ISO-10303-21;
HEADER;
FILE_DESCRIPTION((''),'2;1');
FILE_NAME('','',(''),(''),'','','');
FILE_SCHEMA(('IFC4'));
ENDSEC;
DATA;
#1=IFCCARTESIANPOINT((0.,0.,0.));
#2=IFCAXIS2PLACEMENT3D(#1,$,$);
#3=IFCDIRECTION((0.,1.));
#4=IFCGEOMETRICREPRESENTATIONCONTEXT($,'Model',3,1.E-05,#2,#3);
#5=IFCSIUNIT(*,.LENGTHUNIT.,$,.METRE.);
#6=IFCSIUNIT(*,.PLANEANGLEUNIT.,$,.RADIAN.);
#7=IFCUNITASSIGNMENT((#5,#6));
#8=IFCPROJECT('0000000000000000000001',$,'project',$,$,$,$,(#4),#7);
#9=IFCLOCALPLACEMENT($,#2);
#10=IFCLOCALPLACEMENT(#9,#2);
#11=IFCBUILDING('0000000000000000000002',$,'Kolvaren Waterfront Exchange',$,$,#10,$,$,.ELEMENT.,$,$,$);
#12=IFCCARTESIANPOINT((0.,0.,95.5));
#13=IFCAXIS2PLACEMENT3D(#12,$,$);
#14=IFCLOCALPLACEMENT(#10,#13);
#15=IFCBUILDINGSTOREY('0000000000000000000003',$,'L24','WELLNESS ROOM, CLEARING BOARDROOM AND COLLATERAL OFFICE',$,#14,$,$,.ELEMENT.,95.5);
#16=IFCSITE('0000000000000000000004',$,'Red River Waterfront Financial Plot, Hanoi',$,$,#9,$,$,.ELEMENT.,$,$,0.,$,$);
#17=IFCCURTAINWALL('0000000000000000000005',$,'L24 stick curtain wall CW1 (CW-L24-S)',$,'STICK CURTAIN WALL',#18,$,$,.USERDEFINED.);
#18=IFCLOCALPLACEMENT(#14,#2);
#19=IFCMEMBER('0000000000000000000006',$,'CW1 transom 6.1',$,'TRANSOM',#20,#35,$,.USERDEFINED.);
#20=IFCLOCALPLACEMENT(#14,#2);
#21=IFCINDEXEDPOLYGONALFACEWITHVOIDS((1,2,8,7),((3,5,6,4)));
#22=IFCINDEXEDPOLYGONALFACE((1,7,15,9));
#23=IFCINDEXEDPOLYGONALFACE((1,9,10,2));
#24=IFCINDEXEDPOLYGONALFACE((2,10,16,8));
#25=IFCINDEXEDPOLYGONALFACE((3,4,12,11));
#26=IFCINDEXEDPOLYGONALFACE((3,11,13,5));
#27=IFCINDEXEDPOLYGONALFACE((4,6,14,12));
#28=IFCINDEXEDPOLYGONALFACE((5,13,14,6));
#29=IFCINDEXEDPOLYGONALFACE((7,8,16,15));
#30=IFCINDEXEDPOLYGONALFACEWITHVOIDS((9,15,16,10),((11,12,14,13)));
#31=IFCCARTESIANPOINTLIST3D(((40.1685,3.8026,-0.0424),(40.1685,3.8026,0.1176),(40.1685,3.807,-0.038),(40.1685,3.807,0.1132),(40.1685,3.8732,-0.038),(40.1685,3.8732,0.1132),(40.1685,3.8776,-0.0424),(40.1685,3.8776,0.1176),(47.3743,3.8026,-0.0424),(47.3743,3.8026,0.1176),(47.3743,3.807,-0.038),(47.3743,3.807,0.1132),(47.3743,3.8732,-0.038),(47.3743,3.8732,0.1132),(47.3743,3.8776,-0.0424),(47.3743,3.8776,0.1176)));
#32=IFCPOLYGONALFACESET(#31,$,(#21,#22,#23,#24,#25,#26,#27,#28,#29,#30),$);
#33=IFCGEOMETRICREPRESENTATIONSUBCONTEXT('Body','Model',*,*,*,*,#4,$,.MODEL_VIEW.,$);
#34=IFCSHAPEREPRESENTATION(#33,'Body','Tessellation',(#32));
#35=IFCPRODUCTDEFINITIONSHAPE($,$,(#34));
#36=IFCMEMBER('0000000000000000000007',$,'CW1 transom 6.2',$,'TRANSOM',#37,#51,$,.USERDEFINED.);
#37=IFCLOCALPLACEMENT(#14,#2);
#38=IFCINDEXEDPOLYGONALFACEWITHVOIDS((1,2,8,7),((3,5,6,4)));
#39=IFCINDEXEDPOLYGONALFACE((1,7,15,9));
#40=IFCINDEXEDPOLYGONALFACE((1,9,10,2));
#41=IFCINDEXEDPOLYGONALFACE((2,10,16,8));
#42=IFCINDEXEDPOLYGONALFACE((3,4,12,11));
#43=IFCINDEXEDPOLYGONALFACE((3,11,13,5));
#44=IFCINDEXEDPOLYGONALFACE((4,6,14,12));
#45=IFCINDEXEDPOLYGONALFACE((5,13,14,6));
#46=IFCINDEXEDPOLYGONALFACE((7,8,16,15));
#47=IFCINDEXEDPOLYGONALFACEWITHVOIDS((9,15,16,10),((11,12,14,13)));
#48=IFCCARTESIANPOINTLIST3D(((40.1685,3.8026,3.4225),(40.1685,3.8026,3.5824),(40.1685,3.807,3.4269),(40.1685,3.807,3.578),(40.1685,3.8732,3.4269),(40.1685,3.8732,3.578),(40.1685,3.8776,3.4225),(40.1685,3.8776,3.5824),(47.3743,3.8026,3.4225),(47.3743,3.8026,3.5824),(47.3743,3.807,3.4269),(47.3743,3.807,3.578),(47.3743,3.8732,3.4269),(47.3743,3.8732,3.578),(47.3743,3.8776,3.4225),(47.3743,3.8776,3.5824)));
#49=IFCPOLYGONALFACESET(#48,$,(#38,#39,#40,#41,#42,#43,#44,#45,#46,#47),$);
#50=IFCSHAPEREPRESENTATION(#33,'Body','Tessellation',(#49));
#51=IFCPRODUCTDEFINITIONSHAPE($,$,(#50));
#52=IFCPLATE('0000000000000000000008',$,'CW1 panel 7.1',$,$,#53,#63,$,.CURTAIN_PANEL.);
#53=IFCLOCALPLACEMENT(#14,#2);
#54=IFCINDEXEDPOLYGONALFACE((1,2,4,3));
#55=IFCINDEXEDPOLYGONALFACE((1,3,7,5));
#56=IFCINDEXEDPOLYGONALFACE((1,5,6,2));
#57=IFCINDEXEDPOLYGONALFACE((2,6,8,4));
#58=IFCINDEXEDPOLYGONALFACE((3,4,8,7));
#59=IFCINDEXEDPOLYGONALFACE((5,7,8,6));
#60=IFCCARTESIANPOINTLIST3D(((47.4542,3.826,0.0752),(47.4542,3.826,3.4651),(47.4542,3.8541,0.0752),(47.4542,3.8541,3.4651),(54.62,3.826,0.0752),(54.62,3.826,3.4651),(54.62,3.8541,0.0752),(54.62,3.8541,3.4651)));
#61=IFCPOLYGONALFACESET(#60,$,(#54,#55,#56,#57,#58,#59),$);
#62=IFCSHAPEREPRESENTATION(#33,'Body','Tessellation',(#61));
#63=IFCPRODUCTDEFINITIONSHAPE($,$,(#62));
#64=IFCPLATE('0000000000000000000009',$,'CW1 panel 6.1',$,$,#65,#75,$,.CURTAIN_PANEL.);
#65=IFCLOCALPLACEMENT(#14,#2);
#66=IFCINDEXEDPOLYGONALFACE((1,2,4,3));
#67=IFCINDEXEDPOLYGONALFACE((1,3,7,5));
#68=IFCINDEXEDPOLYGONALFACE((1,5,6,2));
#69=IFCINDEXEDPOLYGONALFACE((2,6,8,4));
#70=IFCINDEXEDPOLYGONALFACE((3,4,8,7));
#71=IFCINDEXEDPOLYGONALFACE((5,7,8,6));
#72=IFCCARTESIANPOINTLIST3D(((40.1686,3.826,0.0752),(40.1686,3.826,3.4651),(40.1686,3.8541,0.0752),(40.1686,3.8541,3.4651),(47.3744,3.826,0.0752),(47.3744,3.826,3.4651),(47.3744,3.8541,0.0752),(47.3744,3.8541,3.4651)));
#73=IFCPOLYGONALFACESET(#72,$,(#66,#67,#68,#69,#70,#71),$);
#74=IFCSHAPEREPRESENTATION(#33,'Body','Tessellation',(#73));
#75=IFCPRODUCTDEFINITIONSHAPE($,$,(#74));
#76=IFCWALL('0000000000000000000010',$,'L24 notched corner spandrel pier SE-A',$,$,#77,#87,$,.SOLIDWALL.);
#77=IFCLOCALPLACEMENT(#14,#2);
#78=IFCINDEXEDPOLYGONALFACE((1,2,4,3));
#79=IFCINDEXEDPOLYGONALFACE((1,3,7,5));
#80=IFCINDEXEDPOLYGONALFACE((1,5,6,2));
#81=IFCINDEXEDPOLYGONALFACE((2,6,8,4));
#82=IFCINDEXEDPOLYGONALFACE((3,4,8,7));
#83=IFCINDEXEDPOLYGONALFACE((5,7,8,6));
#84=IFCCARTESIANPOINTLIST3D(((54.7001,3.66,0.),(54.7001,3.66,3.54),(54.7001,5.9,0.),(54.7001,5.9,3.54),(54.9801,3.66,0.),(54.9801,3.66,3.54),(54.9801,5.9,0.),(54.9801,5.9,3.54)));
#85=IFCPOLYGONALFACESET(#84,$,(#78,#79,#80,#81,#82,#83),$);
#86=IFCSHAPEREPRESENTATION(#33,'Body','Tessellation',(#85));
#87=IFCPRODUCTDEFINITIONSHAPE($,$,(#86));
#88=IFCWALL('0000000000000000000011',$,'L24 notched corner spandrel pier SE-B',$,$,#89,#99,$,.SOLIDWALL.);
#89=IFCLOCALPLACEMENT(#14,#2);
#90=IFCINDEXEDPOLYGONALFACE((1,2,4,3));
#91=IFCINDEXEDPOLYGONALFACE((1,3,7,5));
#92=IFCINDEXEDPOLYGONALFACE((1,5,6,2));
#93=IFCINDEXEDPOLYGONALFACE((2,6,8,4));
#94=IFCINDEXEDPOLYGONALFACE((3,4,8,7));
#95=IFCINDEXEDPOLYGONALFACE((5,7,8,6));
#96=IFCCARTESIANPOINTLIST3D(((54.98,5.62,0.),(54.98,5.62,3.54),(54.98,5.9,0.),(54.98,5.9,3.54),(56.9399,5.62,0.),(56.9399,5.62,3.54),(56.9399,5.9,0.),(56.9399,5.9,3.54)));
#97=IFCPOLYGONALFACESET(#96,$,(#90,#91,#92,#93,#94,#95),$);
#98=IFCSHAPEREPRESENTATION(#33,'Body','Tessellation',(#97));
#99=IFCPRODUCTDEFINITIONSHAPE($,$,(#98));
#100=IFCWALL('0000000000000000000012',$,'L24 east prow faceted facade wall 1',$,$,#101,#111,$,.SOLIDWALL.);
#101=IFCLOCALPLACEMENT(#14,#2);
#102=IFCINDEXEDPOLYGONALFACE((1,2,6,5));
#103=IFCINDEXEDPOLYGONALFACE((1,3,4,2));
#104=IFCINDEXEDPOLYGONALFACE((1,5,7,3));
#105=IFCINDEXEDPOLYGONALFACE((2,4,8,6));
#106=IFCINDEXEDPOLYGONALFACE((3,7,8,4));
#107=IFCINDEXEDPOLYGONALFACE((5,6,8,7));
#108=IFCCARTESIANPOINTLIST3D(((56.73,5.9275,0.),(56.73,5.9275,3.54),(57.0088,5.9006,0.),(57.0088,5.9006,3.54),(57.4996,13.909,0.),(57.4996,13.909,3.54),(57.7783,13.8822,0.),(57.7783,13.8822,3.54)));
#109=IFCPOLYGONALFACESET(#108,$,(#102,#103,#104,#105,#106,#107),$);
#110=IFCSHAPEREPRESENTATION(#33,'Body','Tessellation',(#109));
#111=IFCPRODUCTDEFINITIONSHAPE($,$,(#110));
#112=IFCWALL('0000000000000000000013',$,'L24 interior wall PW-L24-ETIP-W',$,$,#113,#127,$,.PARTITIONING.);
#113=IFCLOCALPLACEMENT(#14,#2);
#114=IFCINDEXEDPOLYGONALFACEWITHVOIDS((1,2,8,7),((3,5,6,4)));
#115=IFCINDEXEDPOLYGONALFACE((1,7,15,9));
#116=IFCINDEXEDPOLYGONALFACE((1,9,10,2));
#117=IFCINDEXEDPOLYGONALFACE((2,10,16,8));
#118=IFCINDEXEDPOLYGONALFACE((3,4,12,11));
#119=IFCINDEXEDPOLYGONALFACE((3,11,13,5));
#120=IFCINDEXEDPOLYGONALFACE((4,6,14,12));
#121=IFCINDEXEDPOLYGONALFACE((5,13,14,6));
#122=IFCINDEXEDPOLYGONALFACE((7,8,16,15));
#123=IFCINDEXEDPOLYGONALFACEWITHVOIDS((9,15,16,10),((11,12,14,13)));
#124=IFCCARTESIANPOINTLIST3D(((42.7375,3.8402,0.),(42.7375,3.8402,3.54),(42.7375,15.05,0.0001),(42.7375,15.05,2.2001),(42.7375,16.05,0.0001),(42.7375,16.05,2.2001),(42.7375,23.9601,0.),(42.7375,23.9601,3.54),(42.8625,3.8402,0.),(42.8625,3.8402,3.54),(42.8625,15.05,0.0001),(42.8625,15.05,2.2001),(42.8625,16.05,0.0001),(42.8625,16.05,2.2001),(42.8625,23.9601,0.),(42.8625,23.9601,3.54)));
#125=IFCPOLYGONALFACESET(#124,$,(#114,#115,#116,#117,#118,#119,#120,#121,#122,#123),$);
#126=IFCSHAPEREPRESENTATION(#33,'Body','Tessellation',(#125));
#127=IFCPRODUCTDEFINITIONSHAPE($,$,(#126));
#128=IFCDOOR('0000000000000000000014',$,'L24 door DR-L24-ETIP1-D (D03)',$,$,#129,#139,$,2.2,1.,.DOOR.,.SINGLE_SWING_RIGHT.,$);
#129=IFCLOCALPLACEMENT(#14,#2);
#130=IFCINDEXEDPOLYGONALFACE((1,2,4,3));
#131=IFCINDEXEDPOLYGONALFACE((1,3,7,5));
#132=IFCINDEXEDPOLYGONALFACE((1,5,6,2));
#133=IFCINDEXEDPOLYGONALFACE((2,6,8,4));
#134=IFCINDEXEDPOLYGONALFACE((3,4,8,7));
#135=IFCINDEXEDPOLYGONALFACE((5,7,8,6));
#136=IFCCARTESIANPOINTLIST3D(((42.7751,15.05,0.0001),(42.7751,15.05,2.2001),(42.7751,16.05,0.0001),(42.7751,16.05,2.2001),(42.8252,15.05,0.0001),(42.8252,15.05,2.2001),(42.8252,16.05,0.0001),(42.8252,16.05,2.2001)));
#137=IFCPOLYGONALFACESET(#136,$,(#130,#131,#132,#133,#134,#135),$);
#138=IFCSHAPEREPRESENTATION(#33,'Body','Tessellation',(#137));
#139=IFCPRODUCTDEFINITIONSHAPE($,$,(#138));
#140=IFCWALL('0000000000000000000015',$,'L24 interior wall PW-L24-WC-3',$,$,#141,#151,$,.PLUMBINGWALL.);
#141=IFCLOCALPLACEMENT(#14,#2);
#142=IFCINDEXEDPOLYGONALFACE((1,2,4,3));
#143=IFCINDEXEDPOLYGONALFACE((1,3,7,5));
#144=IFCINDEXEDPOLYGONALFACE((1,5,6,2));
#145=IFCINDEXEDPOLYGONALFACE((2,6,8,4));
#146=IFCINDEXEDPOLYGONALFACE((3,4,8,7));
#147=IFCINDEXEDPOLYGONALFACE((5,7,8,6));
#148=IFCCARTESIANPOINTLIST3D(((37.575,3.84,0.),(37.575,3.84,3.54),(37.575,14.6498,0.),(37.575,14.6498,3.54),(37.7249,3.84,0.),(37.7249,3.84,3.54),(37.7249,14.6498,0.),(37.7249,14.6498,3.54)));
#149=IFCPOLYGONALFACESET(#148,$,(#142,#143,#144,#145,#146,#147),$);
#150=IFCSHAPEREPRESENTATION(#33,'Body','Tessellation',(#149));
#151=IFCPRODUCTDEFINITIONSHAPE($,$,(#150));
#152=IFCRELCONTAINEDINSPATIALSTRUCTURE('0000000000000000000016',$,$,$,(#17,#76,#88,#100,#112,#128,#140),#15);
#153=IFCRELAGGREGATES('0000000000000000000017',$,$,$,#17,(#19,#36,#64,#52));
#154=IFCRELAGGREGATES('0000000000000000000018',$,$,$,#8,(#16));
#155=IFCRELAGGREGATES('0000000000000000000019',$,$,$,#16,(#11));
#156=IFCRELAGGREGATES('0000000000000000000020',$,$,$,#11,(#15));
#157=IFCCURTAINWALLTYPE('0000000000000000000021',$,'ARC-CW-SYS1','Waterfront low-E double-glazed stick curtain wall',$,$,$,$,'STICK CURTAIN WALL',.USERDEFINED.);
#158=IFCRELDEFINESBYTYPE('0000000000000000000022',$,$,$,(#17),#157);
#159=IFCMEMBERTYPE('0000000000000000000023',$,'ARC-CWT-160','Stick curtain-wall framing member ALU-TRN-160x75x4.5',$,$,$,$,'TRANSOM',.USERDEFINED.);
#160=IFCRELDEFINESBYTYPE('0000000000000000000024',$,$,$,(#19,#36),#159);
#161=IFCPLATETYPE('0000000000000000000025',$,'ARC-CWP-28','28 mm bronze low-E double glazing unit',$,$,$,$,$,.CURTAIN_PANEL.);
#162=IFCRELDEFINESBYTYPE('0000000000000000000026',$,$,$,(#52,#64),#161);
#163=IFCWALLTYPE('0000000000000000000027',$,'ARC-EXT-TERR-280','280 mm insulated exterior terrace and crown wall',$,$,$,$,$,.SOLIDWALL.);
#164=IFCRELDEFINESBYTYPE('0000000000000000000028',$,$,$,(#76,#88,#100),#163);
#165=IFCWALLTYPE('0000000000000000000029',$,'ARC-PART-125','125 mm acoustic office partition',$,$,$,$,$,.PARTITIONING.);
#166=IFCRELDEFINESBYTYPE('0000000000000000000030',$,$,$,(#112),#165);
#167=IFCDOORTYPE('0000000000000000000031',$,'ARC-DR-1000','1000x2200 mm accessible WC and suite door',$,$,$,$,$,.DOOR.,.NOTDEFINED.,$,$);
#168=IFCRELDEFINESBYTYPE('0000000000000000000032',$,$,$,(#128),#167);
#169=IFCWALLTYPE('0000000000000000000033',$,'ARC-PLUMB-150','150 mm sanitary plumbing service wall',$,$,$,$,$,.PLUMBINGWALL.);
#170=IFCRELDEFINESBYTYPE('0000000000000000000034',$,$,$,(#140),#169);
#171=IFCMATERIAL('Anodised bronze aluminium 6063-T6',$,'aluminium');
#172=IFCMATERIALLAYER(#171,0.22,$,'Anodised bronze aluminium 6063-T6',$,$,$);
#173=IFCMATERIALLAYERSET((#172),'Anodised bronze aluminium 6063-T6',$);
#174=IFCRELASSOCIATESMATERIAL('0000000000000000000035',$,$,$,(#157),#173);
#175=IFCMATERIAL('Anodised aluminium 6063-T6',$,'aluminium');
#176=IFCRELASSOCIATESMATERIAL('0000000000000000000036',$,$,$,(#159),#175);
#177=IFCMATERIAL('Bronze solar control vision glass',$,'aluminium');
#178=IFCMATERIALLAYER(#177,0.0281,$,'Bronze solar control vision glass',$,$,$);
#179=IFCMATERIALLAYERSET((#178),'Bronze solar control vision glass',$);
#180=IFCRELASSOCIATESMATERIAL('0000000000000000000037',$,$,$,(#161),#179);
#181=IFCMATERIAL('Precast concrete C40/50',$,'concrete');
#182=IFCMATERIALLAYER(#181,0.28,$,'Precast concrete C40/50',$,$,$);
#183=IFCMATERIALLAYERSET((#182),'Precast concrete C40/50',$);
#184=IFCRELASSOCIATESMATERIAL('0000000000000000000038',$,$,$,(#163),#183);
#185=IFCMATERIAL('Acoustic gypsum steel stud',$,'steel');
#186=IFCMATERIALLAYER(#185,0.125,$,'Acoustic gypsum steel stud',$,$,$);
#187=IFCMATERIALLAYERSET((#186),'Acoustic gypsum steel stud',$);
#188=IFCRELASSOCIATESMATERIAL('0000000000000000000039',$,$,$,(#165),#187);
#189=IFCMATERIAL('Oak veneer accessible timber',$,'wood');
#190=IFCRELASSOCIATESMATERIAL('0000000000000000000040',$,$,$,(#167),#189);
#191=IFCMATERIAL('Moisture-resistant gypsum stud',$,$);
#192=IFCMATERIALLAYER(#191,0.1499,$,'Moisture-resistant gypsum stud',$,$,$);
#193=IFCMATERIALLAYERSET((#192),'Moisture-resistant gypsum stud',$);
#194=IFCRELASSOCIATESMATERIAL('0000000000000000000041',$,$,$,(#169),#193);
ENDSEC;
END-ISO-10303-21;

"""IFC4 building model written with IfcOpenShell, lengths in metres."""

from ifc_helpers import new_model, si_unit, direction, frame, frame_2d, origin, origin_with_axes, origin_2d, place, context, subcontext, project, spatial, rectangle, hollow_rectangle, extrude, source, transform, mapped, material, layer, layer_set, material_profile, profile_set, type_object, element, fill, aggregate, save


model = new_model("IFC4")

# Units and contexts
model_context = context("Model", 3, precision=1e-05, world=origin(), true_north=direction((0.0, 1.0)))
body_context = subcontext(model_context, "Body", "Model", "MODEL_VIEW")
ifc_project = project(units=[si_unit("LENGTHUNIT", "METRE"), si_unit("PLANEANGLEUNIT", "RADIAN")], contexts=[model_context])

# Site, building, storey
site_placement = place(None, origin())
site = spatial("IfcSite", under=ifc_project, at=site_placement, Name="Red River Waterfront Financial Plot, Hanoi", CompositionType="ELEMENT", RefElevation=0.0)
building_placement = place(site_placement, origin())
building = spatial("IfcBuilding", under=site, at=building_placement, Name="Kolvaren Waterfront Exchange", CompositionType="ELEMENT")
storey_placement = place(building_placement, frame((0.0, 0.0, 95.5)))
storey = spatial("IfcBuildingStorey", under=building, at=storey_placement, Name="L24", Description="WELLNESS ROOM, CLEARING BOARDROOM AND COLLATERAL OFFICE", CompositionType="ELEMENT", Elevation=95.5)

# Curtain wall, members, plates
ifc_material_1 = material(Name="Anodised bronze aluminium 6063-T6", Category="aluminium")
ifc_layer_1 = layer(ifc_material_1, 0.22, Name="Anodised bronze aluminium 6063-T6")
ifc_layer_set_1 = layer_set([ifc_layer_1], Name="Anodised bronze aluminium 6063-T6")
curtain_wall_type = type_object("IfcCurtainWallType", Name="ARC-CW-SYS1", Description="Waterfront low-E double-glazed stick curtain wall", ElementType="STICK CURTAIN WALL", PredefinedType="USERDEFINED", material=ifc_layer_set_1)
curtain_wall_placement = place(storey_placement, origin())
curtain_wall = element("IfcCurtainWall", 1, at=curtain_wall_placement, inside=storey, type_object=curtain_wall_type, Name="L24 stick curtain wall CW1 (CW-L24-S)", ObjectType="STICK CURTAIN WALL", PredefinedType="USERDEFINED")
ifc_material_2 = material(Name="Anodised aluminium 6063-T6", Category="aluminium")
ifc_material_profile_1 = material_profile(ifc_material_2, hollow_rectangle(XDim=0.075, YDim=0.1599, WallThickness=0.0044, at=origin_2d()), Name="ALU-TRN-160x75x4.5")
ifc_profile_set_1 = profile_set([ifc_material_profile_1], Name="Anodised aluminium 6063-T6")
member_type_1 = type_object("IfcMemberType", Name="ARC-CWT-160", Description="Stick curtain-wall framing member ALU-TRN-160x75x4.5", ElementType="TRANSOM", PredefinedType="USERDEFINED", material=ifc_profile_set_1)
shared_shape_1 = source(origin_with_axes(), body_context, "Body", "SweptSolid", [
    extrude(hollow_rectangle(XDim=0.075, YDim=0.1599, WallThickness=0.0044, at=origin_2d()), origin(), (0.0, 0.0, 1.0), 7.2058),
])
member_1_placement = place(storey_placement, frame((40.1685, 3.8401, 0.0376), z_axis=(1.0, 0.0, 0.0), x_axis=(0.0, 1.0, 0.0)))
member_1 = element("IfcMember", 2, at=member_1_placement, type_object=member_type_1, Name="CW1 transom 6.1", ObjectType="TRANSOM", PredefinedType="USERDEFINED", context=body_context, shape_type="MappedRepresentation", body=[
    mapped(shared_shape_1, transform((0.0, 0.0, 0.0), x_axis=(1.0, 0.0, 0.0), y_axis=(0.0, 1.0, 0.0), z_axis=(0.0, 0.0, 1.0), scale=1.0)),
])
member_2_placement = place(storey_placement, frame((40.1685, 3.8401, 3.5024), z_axis=(1.0, 0.0, 0.0), x_axis=(0.0, 1.0, 0.0)))
member_2 = element("IfcMember", 3, at=member_2_placement, type_object=member_type_1, Name="CW1 transom 6.2", ObjectType="TRANSOM", PredefinedType="USERDEFINED", context=body_context, shape_type="MappedRepresentation", body=[
    mapped(shared_shape_1, transform((0.0, 0.0, 0.0), x_axis=(1.0, 0.0, 0.0), y_axis=(0.0, 1.0, 0.0), z_axis=(0.0, 0.0, 1.0), scale=1.0)),
])
ifc_material_3 = material(Name="Bronze solar control vision glass", Category="aluminium")
ifc_layer_2 = layer(ifc_material_3, 0.0281, Name="Bronze solar control vision glass")
ifc_layer_set_2 = layer_set([ifc_layer_2], Name="Bronze solar control vision glass")
plate_type = type_object("IfcPlateType", Name="ARC-CWP-28", Description="28 mm bronze low-E double glazing unit", PredefinedType="CURTAIN_PANEL", material=ifc_layer_set_2)
shared_shape_2 = source(origin_with_axes(), body_context, "Body", "SweptSolid", [
    extrude(rectangle(XDim=7.1658, YDim=0.0281, at=origin_2d()), origin(), (0.0, 0.0, 1.0), 3.3899),
])
plate_1_placement = place(storey_placement, frame((51.0371, 3.8401, 0.0752), z_axis=(0.0, 0.0, 1.0), x_axis=(1.0, 0.0, 0.0)))
plate_1 = element("IfcPlate", 4, at=plate_1_placement, type_object=plate_type, Name="CW1 panel 7.1", PredefinedType="CURTAIN_PANEL", context=body_context, shape_type="MappedRepresentation", body=[
    mapped(shared_shape_2, transform((0.0, 0.0, 0.0), x_axis=(1.0, 0.0, 0.0), y_axis=(0.0, 1.0, 0.0), z_axis=(0.0, 0.0, 1.0), scale=1.0)),
])
shared_shape_3 = source(origin_with_axes(), body_context, "Body", "SweptSolid", [
    extrude(rectangle(XDim=7.2058, YDim=0.0281, at=origin_2d()), origin(), (0.0, 0.0, 1.0), 3.3899),
])
plate_2_placement = place(storey_placement, frame((43.7715, 3.8401, 0.0752), z_axis=(0.0, 0.0, 1.0), x_axis=(1.0, 0.0, 0.0)))
plate_2 = element("IfcPlate", 5, at=plate_2_placement, type_object=plate_type, Name="CW1 panel 6.1", PredefinedType="CURTAIN_PANEL", context=body_context, shape_type="MappedRepresentation", body=[
    mapped(shared_shape_3, transform((0.0, 0.0, 0.0), x_axis=(1.0, 0.0, 0.0), y_axis=(0.0, 1.0, 0.0), z_axis=(0.0, 0.0, 1.0), scale=1.0)),
])
aggregate(curtain_wall, [member_1, member_2, plate_2, plate_1])

# Walls
ifc_material_4 = material(Name="Precast concrete C40/50", Category="concrete")
ifc_layer_3 = layer(ifc_material_4, 0.28, Name="Precast concrete C40/50")
ifc_layer_set_3 = layer_set([ifc_layer_3], Name="Precast concrete C40/50")
wall_type_1 = type_object("IfcWallType", Name="ARC-EXT-TERR-280", Description="280 mm insulated exterior terrace and crown wall", PredefinedType="SOLIDWALL", material=ifc_layer_set_3)
wall_1_placement = place(storey_placement, frame((54.8401, 3.6599, 0.0), z_axis=(0.0, 0.0, 1.0), x_axis=(0.0, 1.0, 0.0)))
element("IfcWall", 6, at=wall_1_placement, inside=storey, type_object=wall_type_1, Name="L24 notched corner spandrel pier SE-A", PredefinedType="SOLIDWALL", context=body_context, shape_type="SweptSolid", body=[
    extrude(rectangle(XDim=2.24, YDim=0.28, at=frame_2d((1.1201, 0.0))), origin(), (0.0, 0.0, 1.0), 3.54),
])
wall_2_placement = place(storey_placement, frame((54.98, 5.76, 0.0), z_axis=(0.0, 0.0, 1.0), x_axis=(1.0, 0.0, 0.0)))
element("IfcWall", 7, at=wall_2_placement, inside=storey, type_object=wall_type_1, Name="L24 notched corner spandrel pier SE-B", PredefinedType="SOLIDWALL", context=body_context, shape_type="SweptSolid", body=[
    extrude(rectangle(XDim=1.96, YDim=0.28, at=frame_2d((0.98, 0.0))), origin(), (0.0, 0.0, 1.0), 3.54),
])
wall_3_placement = place(storey_placement, frame((56.8694, 5.9141, 0.0), z_axis=(0.0, 0.0, 1.0), x_axis=(0.09597, 0.995384, 0.0)))
element("IfcWall", 8, at=wall_3_placement, inside=storey, type_object=wall_type_1, Name="L24 east prow faceted facade wall 1", PredefinedType="SOLIDWALL", context=body_context, shape_type="SweptSolid", body=[
    extrude(rectangle(XDim=8.0186, YDim=0.28, at=frame_2d((4.0093, 0.0))), origin(), (0.0, 0.0, 1.0), 3.54),
])

# Wall, opening, door
ifc_material_5 = material(Name="Acoustic gypsum steel stud", Category="steel")
ifc_layer_4 = layer(ifc_material_5, 0.125, Name="Acoustic gypsum steel stud")
ifc_layer_set_4 = layer_set([ifc_layer_4], Name="Acoustic gypsum steel stud")
wall_type_2 = type_object("IfcWallType", Name="ARC-PART-125", Description="125 mm acoustic office partition", PredefinedType="PARTITIONING", material=ifc_layer_set_4)
wall_4_placement = place(storey_placement, frame((42.8, 3.8401, 0.0), z_axis=(0.0, 0.0, 1.0), x_axis=(0.0, 1.0, 0.0)))
wall_4 = element("IfcWall", 9, at=wall_4_placement, inside=storey, type_object=wall_type_2, Name="L24 interior wall PW-L24-ETIP-W", PredefinedType="PARTITIONING", context=body_context, shape_type="SweptSolid", body=[
    extrude(rectangle(XDim=20.1199, YDim=0.125, at=frame_2d((10.0601, 0.0))), origin(), (0.0, 0.0, 1.0), 3.54),
])
opening_placement = place(wall_4_placement, frame((11.21, 0.0, 0.0)))
opening = element("IfcOpeningElement", 10, at=opening_placement, cuts=wall_4, PredefinedType="OPENING", context=body_context, shape_type="SweptSolid", body=[
    extrude(rectangle(XDim=1.0, YDim=2.2, at=frame_2d((0.5, 1.1001))), frame((0.0, 0.0725, 0.0), z_axis=(0.0, -1.0, 0.0), x_axis=(1.0, 0.0, 0.0)), (0.0, 0.0, 1.0), 0.145),
])
ifc_material_6 = material(Name="Oak veneer accessible timber", Category="wood")
door_type = type_object("IfcDoorType", Name="ARC-DR-1000", Description="1000x2200 mm accessible WC and suite door", OperationType="NOTDEFINED", PredefinedType="DOOR", material=ifc_material_6)
door_placement = place(opening_placement, origin())
door = element("IfcDoor", 11, at=door_placement, inside=storey, type_object=door_type, Name="L24 door DR-L24-ETIP1-D (D03)", OperationType="SINGLE_SWING_RIGHT", OverallHeight=2.2, OverallWidth=1.0, PredefinedType="DOOR", context=body_context, shape_type="SweptSolid", body=[
    extrude(rectangle(XDim=1.0, YDim=2.2, at=frame_2d((0.5, 1.1001))), frame((0.0, 0.0249, 0.0), z_axis=(0.0, -1.0, 0.0), x_axis=(1.0, 0.0, 0.0)), (0.0, 0.0, 1.0), 0.05),
])
fill(opening, door)

# Wall
ifc_material_7 = material(Name="Moisture-resistant gypsum stud")
ifc_layer_5 = layer(ifc_material_7, 0.1499, Name="Moisture-resistant gypsum stud")
ifc_layer_set_5 = layer_set([ifc_layer_5], Name="Moisture-resistant gypsum stud")
wall_type_3 = type_object("IfcWallType", Name="ARC-PLUMB-150", Description="150 mm sanitary plumbing service wall", PredefinedType="PLUMBINGWALL", material=ifc_layer_set_5)
wall_5_placement = place(storey_placement, frame((37.6499, 3.8401, 0.0), z_axis=(0.0, 0.0, 1.0), x_axis=(0.0, 1.0, 0.0)))
element("IfcWall", 12, at=wall_5_placement, inside=storey, type_object=wall_type_3, Name="L24 interior wall PW-L24-WC-3", PredefinedType="PLUMBINGWALL", context=body_context, shape_type="SweptSolid", body=[
    extrude(rectangle(XDim=10.8098, YDim=0.1499, at=frame_2d((5.4048, 0.0))), origin(), (0.0, 0.0, 1.0), 3.54),
])

save(model, "model.ifc")
